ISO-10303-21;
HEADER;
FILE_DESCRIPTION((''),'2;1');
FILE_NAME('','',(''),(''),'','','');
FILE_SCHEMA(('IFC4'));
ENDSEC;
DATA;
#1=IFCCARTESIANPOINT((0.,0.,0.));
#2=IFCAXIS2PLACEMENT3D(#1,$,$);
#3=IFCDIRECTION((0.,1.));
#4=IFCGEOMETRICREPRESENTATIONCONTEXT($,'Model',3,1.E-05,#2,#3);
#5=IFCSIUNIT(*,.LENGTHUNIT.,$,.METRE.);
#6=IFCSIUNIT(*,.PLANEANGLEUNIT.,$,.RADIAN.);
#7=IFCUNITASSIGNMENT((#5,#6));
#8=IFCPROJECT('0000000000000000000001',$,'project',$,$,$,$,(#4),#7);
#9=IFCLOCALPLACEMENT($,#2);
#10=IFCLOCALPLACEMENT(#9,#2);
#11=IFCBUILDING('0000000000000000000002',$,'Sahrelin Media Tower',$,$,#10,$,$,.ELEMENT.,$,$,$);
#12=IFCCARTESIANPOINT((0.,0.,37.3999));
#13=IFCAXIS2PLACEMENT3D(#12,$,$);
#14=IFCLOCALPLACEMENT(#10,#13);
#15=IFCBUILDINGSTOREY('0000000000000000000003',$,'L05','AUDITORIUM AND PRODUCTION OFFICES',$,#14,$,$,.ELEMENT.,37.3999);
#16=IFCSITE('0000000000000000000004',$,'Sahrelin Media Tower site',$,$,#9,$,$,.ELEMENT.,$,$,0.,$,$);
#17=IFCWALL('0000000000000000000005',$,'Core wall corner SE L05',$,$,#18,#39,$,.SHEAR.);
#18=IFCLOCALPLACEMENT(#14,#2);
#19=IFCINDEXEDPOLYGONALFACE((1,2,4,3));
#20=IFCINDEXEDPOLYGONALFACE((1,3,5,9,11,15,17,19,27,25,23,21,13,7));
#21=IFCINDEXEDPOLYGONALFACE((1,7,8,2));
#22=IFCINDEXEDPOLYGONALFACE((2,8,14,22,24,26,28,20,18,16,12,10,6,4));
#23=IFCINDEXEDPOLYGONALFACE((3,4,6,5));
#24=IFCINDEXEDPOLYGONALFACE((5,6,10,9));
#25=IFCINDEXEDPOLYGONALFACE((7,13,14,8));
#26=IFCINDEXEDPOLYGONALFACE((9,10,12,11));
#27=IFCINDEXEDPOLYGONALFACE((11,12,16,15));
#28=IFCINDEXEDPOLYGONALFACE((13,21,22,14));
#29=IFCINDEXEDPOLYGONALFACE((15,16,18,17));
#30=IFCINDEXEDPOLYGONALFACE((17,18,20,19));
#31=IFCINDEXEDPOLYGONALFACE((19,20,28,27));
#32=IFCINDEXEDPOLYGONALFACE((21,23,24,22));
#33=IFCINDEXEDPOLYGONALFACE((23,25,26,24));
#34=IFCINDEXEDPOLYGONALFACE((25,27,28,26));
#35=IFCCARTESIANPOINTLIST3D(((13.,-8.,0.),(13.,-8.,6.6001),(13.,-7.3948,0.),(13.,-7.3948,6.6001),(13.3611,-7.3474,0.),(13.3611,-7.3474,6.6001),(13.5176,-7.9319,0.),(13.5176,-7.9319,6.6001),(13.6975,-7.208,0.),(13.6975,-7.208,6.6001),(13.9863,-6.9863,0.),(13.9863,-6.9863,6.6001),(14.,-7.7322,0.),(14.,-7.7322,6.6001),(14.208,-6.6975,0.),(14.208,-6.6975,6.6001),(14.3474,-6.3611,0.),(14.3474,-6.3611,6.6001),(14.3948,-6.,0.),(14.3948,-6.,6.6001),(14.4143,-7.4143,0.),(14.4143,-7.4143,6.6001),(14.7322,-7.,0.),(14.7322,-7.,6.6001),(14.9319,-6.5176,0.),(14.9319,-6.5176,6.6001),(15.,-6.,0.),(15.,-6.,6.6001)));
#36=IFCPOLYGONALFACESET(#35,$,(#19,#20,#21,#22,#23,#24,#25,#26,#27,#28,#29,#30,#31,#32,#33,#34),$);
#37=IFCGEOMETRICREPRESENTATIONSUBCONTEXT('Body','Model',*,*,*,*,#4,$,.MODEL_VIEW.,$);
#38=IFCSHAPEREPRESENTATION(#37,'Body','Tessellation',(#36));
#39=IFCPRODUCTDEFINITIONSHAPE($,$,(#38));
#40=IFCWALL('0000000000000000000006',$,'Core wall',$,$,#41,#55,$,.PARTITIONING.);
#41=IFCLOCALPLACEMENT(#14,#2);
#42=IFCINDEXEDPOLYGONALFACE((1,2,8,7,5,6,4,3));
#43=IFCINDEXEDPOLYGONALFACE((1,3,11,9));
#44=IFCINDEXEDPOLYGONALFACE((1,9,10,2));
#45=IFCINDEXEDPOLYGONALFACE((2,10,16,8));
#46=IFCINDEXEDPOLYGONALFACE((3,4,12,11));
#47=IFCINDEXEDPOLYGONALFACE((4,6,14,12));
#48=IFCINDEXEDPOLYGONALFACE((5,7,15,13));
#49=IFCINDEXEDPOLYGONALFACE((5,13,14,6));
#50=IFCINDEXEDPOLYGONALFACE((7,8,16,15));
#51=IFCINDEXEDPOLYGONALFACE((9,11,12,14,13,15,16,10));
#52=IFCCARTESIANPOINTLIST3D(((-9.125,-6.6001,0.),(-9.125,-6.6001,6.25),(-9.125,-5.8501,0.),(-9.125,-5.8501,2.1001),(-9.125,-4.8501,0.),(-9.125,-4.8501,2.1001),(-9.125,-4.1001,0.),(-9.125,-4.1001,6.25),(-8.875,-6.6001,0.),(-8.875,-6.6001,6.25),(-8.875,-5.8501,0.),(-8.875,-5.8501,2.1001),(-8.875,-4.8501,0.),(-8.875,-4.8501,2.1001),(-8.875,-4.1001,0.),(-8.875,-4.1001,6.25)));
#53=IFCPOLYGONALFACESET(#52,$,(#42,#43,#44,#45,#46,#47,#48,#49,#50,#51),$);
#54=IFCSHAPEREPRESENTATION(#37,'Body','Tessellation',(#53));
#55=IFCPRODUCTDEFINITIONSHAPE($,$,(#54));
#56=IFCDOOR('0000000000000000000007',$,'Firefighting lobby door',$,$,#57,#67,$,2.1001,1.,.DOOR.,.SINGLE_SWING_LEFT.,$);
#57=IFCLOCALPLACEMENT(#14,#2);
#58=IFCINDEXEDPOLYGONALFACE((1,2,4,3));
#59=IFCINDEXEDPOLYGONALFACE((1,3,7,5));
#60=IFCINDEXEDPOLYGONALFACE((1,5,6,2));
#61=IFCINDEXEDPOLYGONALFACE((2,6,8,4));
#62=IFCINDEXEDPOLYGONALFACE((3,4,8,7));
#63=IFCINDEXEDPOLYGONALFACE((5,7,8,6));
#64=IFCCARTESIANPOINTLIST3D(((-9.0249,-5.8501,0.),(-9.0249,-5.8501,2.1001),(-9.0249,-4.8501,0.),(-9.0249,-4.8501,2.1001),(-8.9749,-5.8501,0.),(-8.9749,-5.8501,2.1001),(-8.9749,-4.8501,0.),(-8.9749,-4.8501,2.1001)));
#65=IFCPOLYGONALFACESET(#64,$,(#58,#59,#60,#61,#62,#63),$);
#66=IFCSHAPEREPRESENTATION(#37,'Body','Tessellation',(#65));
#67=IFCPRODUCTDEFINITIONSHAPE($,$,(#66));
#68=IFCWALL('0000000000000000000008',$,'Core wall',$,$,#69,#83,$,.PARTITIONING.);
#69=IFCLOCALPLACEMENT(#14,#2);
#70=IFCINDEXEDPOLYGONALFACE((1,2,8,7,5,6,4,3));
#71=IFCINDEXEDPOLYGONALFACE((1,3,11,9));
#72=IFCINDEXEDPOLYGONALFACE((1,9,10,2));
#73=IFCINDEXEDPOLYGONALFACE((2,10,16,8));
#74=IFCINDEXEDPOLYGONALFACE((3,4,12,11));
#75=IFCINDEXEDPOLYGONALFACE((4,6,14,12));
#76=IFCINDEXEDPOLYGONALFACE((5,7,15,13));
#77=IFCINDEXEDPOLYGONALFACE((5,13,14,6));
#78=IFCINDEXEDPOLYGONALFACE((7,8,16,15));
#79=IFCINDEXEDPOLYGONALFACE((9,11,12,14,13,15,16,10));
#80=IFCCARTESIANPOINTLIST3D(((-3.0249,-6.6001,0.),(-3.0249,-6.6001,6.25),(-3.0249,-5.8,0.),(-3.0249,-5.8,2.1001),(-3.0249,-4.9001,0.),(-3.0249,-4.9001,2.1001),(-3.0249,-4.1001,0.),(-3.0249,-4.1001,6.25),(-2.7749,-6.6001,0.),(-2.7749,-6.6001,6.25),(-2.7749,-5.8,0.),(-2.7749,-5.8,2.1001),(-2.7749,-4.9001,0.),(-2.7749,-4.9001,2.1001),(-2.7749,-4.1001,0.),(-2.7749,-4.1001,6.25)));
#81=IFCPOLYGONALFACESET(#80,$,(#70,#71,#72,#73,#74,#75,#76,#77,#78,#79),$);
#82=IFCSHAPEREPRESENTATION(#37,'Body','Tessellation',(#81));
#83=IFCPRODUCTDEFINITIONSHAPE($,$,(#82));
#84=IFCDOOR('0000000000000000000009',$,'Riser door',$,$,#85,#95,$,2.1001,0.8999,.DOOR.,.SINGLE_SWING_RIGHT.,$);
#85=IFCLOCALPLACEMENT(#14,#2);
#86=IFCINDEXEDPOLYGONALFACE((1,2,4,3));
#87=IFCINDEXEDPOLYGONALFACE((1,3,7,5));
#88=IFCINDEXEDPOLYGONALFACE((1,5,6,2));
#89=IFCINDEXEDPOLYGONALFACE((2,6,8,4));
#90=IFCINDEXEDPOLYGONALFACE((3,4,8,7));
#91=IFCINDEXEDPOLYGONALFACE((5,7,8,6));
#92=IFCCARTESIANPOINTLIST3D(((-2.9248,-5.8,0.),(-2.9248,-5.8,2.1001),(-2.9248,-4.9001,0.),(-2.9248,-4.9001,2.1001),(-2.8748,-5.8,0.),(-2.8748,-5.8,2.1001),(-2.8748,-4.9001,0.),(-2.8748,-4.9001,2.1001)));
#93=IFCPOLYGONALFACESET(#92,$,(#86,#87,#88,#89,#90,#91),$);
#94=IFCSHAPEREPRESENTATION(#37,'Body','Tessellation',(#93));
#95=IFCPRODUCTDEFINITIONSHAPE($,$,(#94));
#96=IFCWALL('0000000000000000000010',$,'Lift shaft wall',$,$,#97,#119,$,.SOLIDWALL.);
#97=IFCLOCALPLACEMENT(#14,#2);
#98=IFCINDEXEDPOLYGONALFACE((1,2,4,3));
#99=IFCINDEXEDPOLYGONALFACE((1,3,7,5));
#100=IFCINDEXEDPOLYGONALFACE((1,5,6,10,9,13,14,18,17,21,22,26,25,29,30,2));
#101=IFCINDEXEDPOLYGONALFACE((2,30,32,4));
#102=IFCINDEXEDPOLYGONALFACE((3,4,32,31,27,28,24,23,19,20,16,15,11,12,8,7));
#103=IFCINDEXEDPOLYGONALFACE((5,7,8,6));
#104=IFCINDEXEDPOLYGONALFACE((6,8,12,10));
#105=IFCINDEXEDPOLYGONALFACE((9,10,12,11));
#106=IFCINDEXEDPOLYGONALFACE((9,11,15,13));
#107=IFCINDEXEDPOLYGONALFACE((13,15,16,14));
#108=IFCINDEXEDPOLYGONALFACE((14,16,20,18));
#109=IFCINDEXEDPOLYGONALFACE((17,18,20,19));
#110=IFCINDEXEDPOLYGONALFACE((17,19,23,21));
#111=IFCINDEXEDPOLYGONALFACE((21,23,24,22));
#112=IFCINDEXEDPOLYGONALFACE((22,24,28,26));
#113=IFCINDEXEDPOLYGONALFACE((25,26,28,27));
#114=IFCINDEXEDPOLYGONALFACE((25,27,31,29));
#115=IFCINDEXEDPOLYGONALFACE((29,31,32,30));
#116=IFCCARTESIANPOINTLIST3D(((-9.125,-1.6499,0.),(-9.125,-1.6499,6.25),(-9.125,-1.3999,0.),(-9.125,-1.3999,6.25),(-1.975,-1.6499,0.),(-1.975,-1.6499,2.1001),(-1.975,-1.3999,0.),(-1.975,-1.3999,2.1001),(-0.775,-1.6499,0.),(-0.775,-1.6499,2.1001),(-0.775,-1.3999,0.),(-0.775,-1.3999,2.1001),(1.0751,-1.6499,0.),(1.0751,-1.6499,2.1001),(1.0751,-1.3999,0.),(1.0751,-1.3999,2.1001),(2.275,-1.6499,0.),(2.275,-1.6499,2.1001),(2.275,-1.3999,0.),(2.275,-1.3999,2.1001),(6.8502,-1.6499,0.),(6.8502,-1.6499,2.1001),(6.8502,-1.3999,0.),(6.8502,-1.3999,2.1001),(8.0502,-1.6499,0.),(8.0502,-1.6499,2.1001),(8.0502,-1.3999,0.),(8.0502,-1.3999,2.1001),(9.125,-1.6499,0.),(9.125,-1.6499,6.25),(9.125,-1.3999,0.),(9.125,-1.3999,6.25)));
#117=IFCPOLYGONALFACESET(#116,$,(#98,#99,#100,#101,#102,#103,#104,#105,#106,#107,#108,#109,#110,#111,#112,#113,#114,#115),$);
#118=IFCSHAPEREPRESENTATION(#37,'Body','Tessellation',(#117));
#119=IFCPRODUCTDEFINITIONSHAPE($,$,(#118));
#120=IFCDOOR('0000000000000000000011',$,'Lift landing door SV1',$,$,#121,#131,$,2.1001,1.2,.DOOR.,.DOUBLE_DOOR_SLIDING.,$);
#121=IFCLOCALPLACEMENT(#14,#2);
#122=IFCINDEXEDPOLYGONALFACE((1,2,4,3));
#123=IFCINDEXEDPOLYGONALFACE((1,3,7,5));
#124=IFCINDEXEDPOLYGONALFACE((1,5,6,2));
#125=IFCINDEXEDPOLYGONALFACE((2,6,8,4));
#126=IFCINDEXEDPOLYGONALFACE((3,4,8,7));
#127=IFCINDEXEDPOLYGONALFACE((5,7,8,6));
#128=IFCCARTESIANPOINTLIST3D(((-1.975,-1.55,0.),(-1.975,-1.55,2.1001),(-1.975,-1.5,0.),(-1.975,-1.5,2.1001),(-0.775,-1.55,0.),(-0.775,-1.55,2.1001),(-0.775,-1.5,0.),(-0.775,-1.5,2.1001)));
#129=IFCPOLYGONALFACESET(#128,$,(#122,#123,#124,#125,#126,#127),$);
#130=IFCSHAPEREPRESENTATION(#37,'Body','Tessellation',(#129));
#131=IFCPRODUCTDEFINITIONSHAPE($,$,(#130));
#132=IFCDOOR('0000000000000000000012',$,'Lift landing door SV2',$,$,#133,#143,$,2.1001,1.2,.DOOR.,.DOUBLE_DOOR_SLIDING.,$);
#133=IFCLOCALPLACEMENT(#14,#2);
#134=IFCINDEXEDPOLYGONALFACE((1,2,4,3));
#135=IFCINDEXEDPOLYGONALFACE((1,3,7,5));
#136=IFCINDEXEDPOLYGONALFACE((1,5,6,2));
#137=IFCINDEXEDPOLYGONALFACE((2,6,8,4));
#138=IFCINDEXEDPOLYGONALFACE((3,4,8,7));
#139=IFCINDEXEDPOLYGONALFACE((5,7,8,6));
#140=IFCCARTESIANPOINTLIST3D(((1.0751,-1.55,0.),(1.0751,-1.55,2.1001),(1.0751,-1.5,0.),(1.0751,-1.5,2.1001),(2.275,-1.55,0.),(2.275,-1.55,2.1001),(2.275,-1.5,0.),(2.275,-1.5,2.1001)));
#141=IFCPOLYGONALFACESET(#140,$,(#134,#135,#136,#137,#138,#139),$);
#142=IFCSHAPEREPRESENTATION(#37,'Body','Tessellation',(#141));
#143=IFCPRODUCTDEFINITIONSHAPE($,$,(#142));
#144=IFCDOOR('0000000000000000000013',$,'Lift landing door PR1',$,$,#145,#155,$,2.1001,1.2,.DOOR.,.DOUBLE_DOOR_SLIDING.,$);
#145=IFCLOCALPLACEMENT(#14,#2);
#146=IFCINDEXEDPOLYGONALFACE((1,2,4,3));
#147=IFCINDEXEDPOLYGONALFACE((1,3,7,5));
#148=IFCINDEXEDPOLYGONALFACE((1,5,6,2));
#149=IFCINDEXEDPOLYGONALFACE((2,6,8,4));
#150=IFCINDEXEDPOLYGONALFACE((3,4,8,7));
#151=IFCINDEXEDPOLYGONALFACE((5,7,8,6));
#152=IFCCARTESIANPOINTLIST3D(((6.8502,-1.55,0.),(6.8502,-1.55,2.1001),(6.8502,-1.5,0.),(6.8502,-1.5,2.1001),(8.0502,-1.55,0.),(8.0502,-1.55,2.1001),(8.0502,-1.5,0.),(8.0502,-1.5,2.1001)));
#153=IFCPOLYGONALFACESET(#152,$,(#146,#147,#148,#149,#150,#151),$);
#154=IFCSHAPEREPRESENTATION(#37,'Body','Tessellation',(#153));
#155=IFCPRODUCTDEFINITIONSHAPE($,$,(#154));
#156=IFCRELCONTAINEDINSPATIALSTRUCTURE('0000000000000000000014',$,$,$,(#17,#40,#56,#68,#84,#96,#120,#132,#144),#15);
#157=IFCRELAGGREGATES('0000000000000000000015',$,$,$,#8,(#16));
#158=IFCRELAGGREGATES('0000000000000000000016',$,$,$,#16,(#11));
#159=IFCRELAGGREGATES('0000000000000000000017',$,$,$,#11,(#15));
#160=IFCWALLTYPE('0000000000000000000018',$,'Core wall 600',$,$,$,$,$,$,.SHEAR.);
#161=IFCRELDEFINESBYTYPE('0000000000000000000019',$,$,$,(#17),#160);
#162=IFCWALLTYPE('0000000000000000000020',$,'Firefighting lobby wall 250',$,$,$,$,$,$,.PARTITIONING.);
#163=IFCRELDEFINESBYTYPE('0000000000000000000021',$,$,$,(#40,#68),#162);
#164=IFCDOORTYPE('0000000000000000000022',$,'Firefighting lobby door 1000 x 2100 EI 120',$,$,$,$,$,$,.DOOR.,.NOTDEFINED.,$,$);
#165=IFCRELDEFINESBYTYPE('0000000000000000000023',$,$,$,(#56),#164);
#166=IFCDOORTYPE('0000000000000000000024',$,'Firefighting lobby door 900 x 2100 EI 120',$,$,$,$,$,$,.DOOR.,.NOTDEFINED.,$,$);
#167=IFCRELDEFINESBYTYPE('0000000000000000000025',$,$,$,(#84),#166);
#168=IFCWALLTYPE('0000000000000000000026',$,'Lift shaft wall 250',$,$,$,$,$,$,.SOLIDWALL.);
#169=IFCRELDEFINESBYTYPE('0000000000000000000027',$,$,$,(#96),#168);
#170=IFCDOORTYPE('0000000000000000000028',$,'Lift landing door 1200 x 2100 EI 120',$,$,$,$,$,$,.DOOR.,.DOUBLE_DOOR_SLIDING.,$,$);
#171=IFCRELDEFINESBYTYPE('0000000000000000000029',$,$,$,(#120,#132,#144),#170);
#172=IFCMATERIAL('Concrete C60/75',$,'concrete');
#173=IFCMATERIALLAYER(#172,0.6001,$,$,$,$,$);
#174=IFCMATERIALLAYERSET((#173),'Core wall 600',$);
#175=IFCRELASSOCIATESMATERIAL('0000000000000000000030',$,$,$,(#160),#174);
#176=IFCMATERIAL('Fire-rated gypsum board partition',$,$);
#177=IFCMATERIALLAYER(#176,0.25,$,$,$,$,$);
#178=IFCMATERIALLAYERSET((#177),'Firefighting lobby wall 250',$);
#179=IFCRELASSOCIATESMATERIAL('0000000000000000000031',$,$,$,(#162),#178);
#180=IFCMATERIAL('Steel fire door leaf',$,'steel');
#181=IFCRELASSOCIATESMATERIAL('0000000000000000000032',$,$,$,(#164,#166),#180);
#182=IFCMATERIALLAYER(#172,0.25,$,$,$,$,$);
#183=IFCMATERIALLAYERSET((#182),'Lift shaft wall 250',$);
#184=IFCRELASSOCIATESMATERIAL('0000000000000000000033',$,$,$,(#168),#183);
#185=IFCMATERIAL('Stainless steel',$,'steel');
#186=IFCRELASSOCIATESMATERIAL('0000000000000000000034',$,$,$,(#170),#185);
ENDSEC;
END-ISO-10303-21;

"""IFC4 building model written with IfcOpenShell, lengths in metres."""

from ifc_helpers import new_model, si_unit, direction, frame, frame_2d, origin, place, context, subcontext, project, spatial, polyline, rectangle, outline, extrude, material, layer, layer_set, type_object, element, fill, save


model = new_model("IFC4")

# Units and contexts
model_context = context("Model", 3, precision=1e-05, world=origin(), true_north=direction((0.0, 1.0)))
body_context = subcontext(model_context, "Body", "Model", "MODEL_VIEW")
ifc_project = project(units=[si_unit("LENGTHUNIT", "METRE"), si_unit("PLANEANGLEUNIT", "RADIAN")], contexts=[model_context])

# Site, building, storey
site_placement = place(None, origin())
site = spatial("IfcSite", under=ifc_project, at=site_placement, Name="Sahrelin Media Tower site", CompositionType="ELEMENT", RefElevation=0.0)
building_placement = place(site_placement, origin())
building = spatial("IfcBuilding", under=site, at=building_placement, Name="Sahrelin Media Tower", CompositionType="ELEMENT")
storey_placement = place(building_placement, frame((0.0, 0.0, 37.3999)))
storey = spatial("IfcBuildingStorey", under=building, at=storey_placement, Name="L05", Description="AUDITORIUM AND PRODUCTION OFFICES", CompositionType="ELEMENT", Elevation=37.3999)

# Shared definitions
placement_1 = place(storey_placement, origin())

# Wall
ifc_material_1 = material(Name="Concrete C60/75", Category="concrete")
ifc_layer_1 = layer(ifc_material_1, 0.6001)
ifc_layer_set_1 = layer_set([ifc_layer_1], Name="Core wall 600")
wall_type_1 = type_object("IfcWallType", Name="Core wall 600", PredefinedType="SHEAR", material=ifc_layer_set_1)
element("IfcWall", 1, at=placement_1, inside=storey, type_object=wall_type_1, Name="Core wall corner SE L05", PredefinedType="SHEAR", context=body_context, shape_type="SweptSolid", body=[
    extrude(outline(polyline([(15.0, -6.0), (14.3948, -6.0), (14.3474, -6.3611), (14.208, -6.6975), (13.9863, -6.9863), (13.6975, -7.208), (13.3611, -7.3474), (13.0, -7.3948), (13.0, -8.0), (13.5176, -7.9319), (14.0, -7.7322), (14.4143, -7.4143), (14.7322, -7.0), (14.9319, -6.5176), (15.0, -6.0)])), origin(), (0.0, 0.0, 1.0), 6.6001),
])

# Walls, openings, doors
ifc_material_2 = material(Name="Fire-rated gypsum board partition")
ifc_layer_2 = layer(ifc_material_2, 0.25)
ifc_layer_set_2 = layer_set([ifc_layer_2], Name="Firefighting lobby wall 250")
wall_type_2 = type_object("IfcWallType", Name="Firefighting lobby wall 250", PredefinedType="PARTITIONING", material=ifc_layer_set_2)
wall_1_placement = place(storey_placement, frame((-9.0, -6.6001, 0.0), z_axis=(0.0, 0.0, 1.0), x_axis=(0.0, 1.0, 0.0)))
wall_1 = element("IfcWall", 2, at=wall_1_placement, inside=storey, type_object=wall_type_2, Name="Core wall", PredefinedType="PARTITIONING", context=body_context, shape_type="SweptSolid", body=[
    extrude(rectangle(XDim=2.5, YDim=0.25, at=frame_2d((1.25, 0.0))), origin(), (0.0, 0.0, 1.0), 6.25),
])
opening_1_placement = place(wall_1_placement, frame((0.75, 0.0, 0.0)))
opening_1 = element("IfcOpeningElement", 3, at=opening_1_placement, cuts=wall_1, PredefinedType="OPENING", context=body_context, shape_type="SweptSolid", body=[
    extrude(rectangle(XDim=1.0, YDim=2.1001, at=frame_2d((0.5, 1.05))), frame((0.0, 0.125, 0.0), z_axis=(0.0, -1.0, 0.0), x_axis=(1.0, 0.0, 0.0)), (0.0, 0.0, 1.0), 0.25),
])
ifc_material_3 = material(Name="Steel fire door leaf", Category="steel")
door_type_1 = type_object("IfcDoorType", Name="Firefighting lobby door 1000 x 2100 EI 120", OperationType="NOTDEFINED", PredefinedType="DOOR", material=ifc_material_3)
door_1_placement = place(opening_1_placement, origin())
door_1 = element("IfcDoor", 4, at=door_1_placement, inside=storey, type_object=door_type_1, Name="Firefighting lobby door", OperationType="SINGLE_SWING_LEFT", OverallHeight=2.1001, OverallWidth=1.0, PredefinedType="DOOR", context=body_context, shape_type="SweptSolid", body=[
    extrude(rectangle(XDim=1.0, YDim=2.1001, at=frame_2d((0.5, 1.05))), frame((0.0, 0.0249, 0.0), z_axis=(0.0, -1.0, 0.0), x_axis=(1.0, 0.0, 0.0)), (0.0, 0.0, 1.0), 0.05),
])
fill(opening_1, door_1)
wall_2_placement = place(storey_placement, frame((-2.8999, -6.6001, 0.0), z_axis=(0.0, 0.0, 1.0), x_axis=(0.0, 1.0, 0.0)))
wall_2 = element("IfcWall", 5, at=wall_2_placement, inside=storey, type_object=wall_type_2, Name="Core wall", PredefinedType="PARTITIONING", context=body_context, shape_type="SweptSolid", body=[
    extrude(rectangle(XDim=2.5, YDim=0.25, at=frame_2d((1.25, 0.0))), origin(), (0.0, 0.0, 1.0), 6.25),
])
opening_2_placement = place(wall_2_placement, frame((0.8, 0.0, 0.0)))
opening_2 = element("IfcOpeningElement", 6, at=opening_2_placement, cuts=wall_2, PredefinedType="OPENING", context=body_context, shape_type="SweptSolid", body=[
    extrude(rectangle(XDim=0.8999, YDim=2.1001, at=frame_2d((0.45, 1.05))), frame((0.0, 0.125, 0.0), z_axis=(0.0, -1.0, 0.0), x_axis=(1.0, 0.0, 0.0)), (0.0, 0.0, 1.0), 0.25),
])
door_type_2 = type_object("IfcDoorType", Name="Firefighting lobby door 900 x 2100 EI 120", OperationType="NOTDEFINED", PredefinedType="DOOR", material=ifc_material_3)
door_2_placement = place(opening_2_placement, origin())
door_2 = element("IfcDoor", 7, at=door_2_placement, inside=storey, type_object=door_type_2, Name="Riser door", OperationType="SINGLE_SWING_RIGHT", OverallHeight=2.1001, OverallWidth=0.8999, PredefinedType="DOOR", context=body_context, shape_type="SweptSolid", body=[
    extrude(rectangle(XDim=0.8999, YDim=2.1001, at=frame_2d((0.45, 1.05))), frame((0.0, 0.0249, 0.0), z_axis=(0.0, -1.0, 0.0), x_axis=(1.0, 0.0, 0.0)), (0.0, 0.0, 1.0), 0.05),
])
fill(opening_2, door_2)

# Wall, openings, doors
ifc_layer_3 = layer(ifc_material_1, 0.25)
ifc_layer_set_3 = layer_set([ifc_layer_3], Name="Lift shaft wall 250")
wall_type_3 = type_object("IfcWallType", Name="Lift shaft wall 250", PredefinedType="SOLIDWALL", material=ifc_layer_set_3)
wall_3_placement = place(storey_placement, frame((-9.125, -1.5249, 0.0), z_axis=(0.0, 0.0, 1.0), x_axis=(1.0, 0.0, 0.0)))
wall_3 = element("IfcWall", 8, at=wall_3_placement, inside=storey, type_object=wall_type_3, Name="Lift shaft wall", PredefinedType="SOLIDWALL", context=body_context, shape_type="SweptSolid", body=[
    extrude(rectangle(XDim=18.25, YDim=0.25, at=frame_2d((9.125, 0.0))), origin(), (0.0, 0.0, 1.0), 6.25),
])
opening_3_placement = place(wall_3_placement, frame((7.1499, 0.0, 0.0)))
opening_3 = element("IfcOpeningElement", 9, at=opening_3_placement, cuts=wall_3, PredefinedType="OPENING", context=body_context, shape_type="SweptSolid", body=[
    extrude(rectangle(XDim=1.2, YDim=2.1001, at=frame_2d((0.6001, 1.05))), frame((0.0, 0.125, 0.0), z_axis=(0.0, -1.0, 0.0), x_axis=(1.0, 0.0, 0.0)), (0.0, 0.0, 1.0), 0.25),
])
opening_4_placement = place(wall_3_placement, frame((10.2, 0.0, 0.0)))
opening_4 = element("IfcOpeningElement", 10, at=opening_4_placement, cuts=wall_3, PredefinedType="OPENING", context=body_context, shape_type="SweptSolid", body=[
    extrude(rectangle(XDim=1.2, YDim=2.1001, at=frame_2d((0.6001, 1.05))), frame((0.0, 0.125, 0.0), z_axis=(0.0, -1.0, 0.0), x_axis=(1.0, 0.0, 0.0)), (0.0, 0.0, 1.0), 0.25),
])
opening_5_placement = place(wall_3_placement, frame((15.9751, 0.0, 0.0)))
opening_5 = element("IfcOpeningElement", 11, at=opening_5_placement, cuts=wall_3, PredefinedType="OPENING", context=body_context, shape_type="SweptSolid", body=[
    extrude(rectangle(XDim=1.2, YDim=2.1001, at=frame_2d((0.6001, 1.05))), frame((0.0, 0.125, 0.0), z_axis=(0.0, -1.0, 0.0), x_axis=(1.0, 0.0, 0.0)), (0.0, 0.0, 1.0), 0.25),
])
ifc_material_4 = material(Name="Stainless steel", Category="steel")
door_type_3 = type_object("IfcDoorType", Name="Lift landing door 1200 x 2100 EI 120", OperationType="DOUBLE_DOOR_SLIDING", PredefinedType="DOOR", material=ifc_material_4)
door_3_placement = place(opening_3_placement, origin())
door_3 = element("IfcDoor", 12, at=door_3_placement, inside=storey, type_object=door_type_3, Name="Lift landing door SV1", OperationType="DOUBLE_DOOR_SLIDING", OverallHeight=2.1001, OverallWidth=1.2, PredefinedType="DOOR", context=body_context, shape_type="SweptSolid", body=[
    extrude(rectangle(XDim=1.2, YDim=2.1001, at=frame_2d((0.6001, 1.05))), frame((0.0, 0.0249, 0.0), z_axis=(0.0, -1.0, 0.0), x_axis=(1.0, 0.0, 0.0)), (0.0, 0.0, 1.0), 0.05),
])
fill(opening_3, door_3)
door_4_placement = place(opening_4_placement, origin())
door_4 = element("IfcDoor", 13, at=door_4_placement, inside=storey, type_object=door_type_3, Name="Lift landing door SV2", OperationType="DOUBLE_DOOR_SLIDING", OverallHeight=2.1001, OverallWidth=1.2, PredefinedType="DOOR", context=body_context, shape_type="SweptSolid", body=[
    extrude(rectangle(XDim=1.2, YDim=2.1001, at=frame_2d((0.6001, 1.05))), frame((0.0, 0.0249, 0.0), z_axis=(0.0, -1.0, 0.0), x_axis=(1.0, 0.0, 0.0)), (0.0, 0.0, 1.0), 0.05),
])
fill(opening_4, door_4)
door_5_placement = place(opening_5_placement, origin())
door_5 = element("IfcDoor", 14, at=door_5_placement, inside=storey, type_object=door_type_3, Name="Lift landing door PR1", OperationType="DOUBLE_DOOR_SLIDING", OverallHeight=2.1001, OverallWidth=1.2, PredefinedType="DOOR", context=body_context, shape_type="SweptSolid", body=[
    extrude(rectangle(XDim=1.2, YDim=2.1001, at=frame_2d((0.6001, 1.05))), frame((0.0, 0.0249, 0.0), z_axis=(0.0, -1.0, 0.0), x_axis=(1.0, 0.0, 0.0)), (0.0, 0.0, 1.0), 0.05),
])
fill(opening_5, door_5)

save(model, "model.ifc")
